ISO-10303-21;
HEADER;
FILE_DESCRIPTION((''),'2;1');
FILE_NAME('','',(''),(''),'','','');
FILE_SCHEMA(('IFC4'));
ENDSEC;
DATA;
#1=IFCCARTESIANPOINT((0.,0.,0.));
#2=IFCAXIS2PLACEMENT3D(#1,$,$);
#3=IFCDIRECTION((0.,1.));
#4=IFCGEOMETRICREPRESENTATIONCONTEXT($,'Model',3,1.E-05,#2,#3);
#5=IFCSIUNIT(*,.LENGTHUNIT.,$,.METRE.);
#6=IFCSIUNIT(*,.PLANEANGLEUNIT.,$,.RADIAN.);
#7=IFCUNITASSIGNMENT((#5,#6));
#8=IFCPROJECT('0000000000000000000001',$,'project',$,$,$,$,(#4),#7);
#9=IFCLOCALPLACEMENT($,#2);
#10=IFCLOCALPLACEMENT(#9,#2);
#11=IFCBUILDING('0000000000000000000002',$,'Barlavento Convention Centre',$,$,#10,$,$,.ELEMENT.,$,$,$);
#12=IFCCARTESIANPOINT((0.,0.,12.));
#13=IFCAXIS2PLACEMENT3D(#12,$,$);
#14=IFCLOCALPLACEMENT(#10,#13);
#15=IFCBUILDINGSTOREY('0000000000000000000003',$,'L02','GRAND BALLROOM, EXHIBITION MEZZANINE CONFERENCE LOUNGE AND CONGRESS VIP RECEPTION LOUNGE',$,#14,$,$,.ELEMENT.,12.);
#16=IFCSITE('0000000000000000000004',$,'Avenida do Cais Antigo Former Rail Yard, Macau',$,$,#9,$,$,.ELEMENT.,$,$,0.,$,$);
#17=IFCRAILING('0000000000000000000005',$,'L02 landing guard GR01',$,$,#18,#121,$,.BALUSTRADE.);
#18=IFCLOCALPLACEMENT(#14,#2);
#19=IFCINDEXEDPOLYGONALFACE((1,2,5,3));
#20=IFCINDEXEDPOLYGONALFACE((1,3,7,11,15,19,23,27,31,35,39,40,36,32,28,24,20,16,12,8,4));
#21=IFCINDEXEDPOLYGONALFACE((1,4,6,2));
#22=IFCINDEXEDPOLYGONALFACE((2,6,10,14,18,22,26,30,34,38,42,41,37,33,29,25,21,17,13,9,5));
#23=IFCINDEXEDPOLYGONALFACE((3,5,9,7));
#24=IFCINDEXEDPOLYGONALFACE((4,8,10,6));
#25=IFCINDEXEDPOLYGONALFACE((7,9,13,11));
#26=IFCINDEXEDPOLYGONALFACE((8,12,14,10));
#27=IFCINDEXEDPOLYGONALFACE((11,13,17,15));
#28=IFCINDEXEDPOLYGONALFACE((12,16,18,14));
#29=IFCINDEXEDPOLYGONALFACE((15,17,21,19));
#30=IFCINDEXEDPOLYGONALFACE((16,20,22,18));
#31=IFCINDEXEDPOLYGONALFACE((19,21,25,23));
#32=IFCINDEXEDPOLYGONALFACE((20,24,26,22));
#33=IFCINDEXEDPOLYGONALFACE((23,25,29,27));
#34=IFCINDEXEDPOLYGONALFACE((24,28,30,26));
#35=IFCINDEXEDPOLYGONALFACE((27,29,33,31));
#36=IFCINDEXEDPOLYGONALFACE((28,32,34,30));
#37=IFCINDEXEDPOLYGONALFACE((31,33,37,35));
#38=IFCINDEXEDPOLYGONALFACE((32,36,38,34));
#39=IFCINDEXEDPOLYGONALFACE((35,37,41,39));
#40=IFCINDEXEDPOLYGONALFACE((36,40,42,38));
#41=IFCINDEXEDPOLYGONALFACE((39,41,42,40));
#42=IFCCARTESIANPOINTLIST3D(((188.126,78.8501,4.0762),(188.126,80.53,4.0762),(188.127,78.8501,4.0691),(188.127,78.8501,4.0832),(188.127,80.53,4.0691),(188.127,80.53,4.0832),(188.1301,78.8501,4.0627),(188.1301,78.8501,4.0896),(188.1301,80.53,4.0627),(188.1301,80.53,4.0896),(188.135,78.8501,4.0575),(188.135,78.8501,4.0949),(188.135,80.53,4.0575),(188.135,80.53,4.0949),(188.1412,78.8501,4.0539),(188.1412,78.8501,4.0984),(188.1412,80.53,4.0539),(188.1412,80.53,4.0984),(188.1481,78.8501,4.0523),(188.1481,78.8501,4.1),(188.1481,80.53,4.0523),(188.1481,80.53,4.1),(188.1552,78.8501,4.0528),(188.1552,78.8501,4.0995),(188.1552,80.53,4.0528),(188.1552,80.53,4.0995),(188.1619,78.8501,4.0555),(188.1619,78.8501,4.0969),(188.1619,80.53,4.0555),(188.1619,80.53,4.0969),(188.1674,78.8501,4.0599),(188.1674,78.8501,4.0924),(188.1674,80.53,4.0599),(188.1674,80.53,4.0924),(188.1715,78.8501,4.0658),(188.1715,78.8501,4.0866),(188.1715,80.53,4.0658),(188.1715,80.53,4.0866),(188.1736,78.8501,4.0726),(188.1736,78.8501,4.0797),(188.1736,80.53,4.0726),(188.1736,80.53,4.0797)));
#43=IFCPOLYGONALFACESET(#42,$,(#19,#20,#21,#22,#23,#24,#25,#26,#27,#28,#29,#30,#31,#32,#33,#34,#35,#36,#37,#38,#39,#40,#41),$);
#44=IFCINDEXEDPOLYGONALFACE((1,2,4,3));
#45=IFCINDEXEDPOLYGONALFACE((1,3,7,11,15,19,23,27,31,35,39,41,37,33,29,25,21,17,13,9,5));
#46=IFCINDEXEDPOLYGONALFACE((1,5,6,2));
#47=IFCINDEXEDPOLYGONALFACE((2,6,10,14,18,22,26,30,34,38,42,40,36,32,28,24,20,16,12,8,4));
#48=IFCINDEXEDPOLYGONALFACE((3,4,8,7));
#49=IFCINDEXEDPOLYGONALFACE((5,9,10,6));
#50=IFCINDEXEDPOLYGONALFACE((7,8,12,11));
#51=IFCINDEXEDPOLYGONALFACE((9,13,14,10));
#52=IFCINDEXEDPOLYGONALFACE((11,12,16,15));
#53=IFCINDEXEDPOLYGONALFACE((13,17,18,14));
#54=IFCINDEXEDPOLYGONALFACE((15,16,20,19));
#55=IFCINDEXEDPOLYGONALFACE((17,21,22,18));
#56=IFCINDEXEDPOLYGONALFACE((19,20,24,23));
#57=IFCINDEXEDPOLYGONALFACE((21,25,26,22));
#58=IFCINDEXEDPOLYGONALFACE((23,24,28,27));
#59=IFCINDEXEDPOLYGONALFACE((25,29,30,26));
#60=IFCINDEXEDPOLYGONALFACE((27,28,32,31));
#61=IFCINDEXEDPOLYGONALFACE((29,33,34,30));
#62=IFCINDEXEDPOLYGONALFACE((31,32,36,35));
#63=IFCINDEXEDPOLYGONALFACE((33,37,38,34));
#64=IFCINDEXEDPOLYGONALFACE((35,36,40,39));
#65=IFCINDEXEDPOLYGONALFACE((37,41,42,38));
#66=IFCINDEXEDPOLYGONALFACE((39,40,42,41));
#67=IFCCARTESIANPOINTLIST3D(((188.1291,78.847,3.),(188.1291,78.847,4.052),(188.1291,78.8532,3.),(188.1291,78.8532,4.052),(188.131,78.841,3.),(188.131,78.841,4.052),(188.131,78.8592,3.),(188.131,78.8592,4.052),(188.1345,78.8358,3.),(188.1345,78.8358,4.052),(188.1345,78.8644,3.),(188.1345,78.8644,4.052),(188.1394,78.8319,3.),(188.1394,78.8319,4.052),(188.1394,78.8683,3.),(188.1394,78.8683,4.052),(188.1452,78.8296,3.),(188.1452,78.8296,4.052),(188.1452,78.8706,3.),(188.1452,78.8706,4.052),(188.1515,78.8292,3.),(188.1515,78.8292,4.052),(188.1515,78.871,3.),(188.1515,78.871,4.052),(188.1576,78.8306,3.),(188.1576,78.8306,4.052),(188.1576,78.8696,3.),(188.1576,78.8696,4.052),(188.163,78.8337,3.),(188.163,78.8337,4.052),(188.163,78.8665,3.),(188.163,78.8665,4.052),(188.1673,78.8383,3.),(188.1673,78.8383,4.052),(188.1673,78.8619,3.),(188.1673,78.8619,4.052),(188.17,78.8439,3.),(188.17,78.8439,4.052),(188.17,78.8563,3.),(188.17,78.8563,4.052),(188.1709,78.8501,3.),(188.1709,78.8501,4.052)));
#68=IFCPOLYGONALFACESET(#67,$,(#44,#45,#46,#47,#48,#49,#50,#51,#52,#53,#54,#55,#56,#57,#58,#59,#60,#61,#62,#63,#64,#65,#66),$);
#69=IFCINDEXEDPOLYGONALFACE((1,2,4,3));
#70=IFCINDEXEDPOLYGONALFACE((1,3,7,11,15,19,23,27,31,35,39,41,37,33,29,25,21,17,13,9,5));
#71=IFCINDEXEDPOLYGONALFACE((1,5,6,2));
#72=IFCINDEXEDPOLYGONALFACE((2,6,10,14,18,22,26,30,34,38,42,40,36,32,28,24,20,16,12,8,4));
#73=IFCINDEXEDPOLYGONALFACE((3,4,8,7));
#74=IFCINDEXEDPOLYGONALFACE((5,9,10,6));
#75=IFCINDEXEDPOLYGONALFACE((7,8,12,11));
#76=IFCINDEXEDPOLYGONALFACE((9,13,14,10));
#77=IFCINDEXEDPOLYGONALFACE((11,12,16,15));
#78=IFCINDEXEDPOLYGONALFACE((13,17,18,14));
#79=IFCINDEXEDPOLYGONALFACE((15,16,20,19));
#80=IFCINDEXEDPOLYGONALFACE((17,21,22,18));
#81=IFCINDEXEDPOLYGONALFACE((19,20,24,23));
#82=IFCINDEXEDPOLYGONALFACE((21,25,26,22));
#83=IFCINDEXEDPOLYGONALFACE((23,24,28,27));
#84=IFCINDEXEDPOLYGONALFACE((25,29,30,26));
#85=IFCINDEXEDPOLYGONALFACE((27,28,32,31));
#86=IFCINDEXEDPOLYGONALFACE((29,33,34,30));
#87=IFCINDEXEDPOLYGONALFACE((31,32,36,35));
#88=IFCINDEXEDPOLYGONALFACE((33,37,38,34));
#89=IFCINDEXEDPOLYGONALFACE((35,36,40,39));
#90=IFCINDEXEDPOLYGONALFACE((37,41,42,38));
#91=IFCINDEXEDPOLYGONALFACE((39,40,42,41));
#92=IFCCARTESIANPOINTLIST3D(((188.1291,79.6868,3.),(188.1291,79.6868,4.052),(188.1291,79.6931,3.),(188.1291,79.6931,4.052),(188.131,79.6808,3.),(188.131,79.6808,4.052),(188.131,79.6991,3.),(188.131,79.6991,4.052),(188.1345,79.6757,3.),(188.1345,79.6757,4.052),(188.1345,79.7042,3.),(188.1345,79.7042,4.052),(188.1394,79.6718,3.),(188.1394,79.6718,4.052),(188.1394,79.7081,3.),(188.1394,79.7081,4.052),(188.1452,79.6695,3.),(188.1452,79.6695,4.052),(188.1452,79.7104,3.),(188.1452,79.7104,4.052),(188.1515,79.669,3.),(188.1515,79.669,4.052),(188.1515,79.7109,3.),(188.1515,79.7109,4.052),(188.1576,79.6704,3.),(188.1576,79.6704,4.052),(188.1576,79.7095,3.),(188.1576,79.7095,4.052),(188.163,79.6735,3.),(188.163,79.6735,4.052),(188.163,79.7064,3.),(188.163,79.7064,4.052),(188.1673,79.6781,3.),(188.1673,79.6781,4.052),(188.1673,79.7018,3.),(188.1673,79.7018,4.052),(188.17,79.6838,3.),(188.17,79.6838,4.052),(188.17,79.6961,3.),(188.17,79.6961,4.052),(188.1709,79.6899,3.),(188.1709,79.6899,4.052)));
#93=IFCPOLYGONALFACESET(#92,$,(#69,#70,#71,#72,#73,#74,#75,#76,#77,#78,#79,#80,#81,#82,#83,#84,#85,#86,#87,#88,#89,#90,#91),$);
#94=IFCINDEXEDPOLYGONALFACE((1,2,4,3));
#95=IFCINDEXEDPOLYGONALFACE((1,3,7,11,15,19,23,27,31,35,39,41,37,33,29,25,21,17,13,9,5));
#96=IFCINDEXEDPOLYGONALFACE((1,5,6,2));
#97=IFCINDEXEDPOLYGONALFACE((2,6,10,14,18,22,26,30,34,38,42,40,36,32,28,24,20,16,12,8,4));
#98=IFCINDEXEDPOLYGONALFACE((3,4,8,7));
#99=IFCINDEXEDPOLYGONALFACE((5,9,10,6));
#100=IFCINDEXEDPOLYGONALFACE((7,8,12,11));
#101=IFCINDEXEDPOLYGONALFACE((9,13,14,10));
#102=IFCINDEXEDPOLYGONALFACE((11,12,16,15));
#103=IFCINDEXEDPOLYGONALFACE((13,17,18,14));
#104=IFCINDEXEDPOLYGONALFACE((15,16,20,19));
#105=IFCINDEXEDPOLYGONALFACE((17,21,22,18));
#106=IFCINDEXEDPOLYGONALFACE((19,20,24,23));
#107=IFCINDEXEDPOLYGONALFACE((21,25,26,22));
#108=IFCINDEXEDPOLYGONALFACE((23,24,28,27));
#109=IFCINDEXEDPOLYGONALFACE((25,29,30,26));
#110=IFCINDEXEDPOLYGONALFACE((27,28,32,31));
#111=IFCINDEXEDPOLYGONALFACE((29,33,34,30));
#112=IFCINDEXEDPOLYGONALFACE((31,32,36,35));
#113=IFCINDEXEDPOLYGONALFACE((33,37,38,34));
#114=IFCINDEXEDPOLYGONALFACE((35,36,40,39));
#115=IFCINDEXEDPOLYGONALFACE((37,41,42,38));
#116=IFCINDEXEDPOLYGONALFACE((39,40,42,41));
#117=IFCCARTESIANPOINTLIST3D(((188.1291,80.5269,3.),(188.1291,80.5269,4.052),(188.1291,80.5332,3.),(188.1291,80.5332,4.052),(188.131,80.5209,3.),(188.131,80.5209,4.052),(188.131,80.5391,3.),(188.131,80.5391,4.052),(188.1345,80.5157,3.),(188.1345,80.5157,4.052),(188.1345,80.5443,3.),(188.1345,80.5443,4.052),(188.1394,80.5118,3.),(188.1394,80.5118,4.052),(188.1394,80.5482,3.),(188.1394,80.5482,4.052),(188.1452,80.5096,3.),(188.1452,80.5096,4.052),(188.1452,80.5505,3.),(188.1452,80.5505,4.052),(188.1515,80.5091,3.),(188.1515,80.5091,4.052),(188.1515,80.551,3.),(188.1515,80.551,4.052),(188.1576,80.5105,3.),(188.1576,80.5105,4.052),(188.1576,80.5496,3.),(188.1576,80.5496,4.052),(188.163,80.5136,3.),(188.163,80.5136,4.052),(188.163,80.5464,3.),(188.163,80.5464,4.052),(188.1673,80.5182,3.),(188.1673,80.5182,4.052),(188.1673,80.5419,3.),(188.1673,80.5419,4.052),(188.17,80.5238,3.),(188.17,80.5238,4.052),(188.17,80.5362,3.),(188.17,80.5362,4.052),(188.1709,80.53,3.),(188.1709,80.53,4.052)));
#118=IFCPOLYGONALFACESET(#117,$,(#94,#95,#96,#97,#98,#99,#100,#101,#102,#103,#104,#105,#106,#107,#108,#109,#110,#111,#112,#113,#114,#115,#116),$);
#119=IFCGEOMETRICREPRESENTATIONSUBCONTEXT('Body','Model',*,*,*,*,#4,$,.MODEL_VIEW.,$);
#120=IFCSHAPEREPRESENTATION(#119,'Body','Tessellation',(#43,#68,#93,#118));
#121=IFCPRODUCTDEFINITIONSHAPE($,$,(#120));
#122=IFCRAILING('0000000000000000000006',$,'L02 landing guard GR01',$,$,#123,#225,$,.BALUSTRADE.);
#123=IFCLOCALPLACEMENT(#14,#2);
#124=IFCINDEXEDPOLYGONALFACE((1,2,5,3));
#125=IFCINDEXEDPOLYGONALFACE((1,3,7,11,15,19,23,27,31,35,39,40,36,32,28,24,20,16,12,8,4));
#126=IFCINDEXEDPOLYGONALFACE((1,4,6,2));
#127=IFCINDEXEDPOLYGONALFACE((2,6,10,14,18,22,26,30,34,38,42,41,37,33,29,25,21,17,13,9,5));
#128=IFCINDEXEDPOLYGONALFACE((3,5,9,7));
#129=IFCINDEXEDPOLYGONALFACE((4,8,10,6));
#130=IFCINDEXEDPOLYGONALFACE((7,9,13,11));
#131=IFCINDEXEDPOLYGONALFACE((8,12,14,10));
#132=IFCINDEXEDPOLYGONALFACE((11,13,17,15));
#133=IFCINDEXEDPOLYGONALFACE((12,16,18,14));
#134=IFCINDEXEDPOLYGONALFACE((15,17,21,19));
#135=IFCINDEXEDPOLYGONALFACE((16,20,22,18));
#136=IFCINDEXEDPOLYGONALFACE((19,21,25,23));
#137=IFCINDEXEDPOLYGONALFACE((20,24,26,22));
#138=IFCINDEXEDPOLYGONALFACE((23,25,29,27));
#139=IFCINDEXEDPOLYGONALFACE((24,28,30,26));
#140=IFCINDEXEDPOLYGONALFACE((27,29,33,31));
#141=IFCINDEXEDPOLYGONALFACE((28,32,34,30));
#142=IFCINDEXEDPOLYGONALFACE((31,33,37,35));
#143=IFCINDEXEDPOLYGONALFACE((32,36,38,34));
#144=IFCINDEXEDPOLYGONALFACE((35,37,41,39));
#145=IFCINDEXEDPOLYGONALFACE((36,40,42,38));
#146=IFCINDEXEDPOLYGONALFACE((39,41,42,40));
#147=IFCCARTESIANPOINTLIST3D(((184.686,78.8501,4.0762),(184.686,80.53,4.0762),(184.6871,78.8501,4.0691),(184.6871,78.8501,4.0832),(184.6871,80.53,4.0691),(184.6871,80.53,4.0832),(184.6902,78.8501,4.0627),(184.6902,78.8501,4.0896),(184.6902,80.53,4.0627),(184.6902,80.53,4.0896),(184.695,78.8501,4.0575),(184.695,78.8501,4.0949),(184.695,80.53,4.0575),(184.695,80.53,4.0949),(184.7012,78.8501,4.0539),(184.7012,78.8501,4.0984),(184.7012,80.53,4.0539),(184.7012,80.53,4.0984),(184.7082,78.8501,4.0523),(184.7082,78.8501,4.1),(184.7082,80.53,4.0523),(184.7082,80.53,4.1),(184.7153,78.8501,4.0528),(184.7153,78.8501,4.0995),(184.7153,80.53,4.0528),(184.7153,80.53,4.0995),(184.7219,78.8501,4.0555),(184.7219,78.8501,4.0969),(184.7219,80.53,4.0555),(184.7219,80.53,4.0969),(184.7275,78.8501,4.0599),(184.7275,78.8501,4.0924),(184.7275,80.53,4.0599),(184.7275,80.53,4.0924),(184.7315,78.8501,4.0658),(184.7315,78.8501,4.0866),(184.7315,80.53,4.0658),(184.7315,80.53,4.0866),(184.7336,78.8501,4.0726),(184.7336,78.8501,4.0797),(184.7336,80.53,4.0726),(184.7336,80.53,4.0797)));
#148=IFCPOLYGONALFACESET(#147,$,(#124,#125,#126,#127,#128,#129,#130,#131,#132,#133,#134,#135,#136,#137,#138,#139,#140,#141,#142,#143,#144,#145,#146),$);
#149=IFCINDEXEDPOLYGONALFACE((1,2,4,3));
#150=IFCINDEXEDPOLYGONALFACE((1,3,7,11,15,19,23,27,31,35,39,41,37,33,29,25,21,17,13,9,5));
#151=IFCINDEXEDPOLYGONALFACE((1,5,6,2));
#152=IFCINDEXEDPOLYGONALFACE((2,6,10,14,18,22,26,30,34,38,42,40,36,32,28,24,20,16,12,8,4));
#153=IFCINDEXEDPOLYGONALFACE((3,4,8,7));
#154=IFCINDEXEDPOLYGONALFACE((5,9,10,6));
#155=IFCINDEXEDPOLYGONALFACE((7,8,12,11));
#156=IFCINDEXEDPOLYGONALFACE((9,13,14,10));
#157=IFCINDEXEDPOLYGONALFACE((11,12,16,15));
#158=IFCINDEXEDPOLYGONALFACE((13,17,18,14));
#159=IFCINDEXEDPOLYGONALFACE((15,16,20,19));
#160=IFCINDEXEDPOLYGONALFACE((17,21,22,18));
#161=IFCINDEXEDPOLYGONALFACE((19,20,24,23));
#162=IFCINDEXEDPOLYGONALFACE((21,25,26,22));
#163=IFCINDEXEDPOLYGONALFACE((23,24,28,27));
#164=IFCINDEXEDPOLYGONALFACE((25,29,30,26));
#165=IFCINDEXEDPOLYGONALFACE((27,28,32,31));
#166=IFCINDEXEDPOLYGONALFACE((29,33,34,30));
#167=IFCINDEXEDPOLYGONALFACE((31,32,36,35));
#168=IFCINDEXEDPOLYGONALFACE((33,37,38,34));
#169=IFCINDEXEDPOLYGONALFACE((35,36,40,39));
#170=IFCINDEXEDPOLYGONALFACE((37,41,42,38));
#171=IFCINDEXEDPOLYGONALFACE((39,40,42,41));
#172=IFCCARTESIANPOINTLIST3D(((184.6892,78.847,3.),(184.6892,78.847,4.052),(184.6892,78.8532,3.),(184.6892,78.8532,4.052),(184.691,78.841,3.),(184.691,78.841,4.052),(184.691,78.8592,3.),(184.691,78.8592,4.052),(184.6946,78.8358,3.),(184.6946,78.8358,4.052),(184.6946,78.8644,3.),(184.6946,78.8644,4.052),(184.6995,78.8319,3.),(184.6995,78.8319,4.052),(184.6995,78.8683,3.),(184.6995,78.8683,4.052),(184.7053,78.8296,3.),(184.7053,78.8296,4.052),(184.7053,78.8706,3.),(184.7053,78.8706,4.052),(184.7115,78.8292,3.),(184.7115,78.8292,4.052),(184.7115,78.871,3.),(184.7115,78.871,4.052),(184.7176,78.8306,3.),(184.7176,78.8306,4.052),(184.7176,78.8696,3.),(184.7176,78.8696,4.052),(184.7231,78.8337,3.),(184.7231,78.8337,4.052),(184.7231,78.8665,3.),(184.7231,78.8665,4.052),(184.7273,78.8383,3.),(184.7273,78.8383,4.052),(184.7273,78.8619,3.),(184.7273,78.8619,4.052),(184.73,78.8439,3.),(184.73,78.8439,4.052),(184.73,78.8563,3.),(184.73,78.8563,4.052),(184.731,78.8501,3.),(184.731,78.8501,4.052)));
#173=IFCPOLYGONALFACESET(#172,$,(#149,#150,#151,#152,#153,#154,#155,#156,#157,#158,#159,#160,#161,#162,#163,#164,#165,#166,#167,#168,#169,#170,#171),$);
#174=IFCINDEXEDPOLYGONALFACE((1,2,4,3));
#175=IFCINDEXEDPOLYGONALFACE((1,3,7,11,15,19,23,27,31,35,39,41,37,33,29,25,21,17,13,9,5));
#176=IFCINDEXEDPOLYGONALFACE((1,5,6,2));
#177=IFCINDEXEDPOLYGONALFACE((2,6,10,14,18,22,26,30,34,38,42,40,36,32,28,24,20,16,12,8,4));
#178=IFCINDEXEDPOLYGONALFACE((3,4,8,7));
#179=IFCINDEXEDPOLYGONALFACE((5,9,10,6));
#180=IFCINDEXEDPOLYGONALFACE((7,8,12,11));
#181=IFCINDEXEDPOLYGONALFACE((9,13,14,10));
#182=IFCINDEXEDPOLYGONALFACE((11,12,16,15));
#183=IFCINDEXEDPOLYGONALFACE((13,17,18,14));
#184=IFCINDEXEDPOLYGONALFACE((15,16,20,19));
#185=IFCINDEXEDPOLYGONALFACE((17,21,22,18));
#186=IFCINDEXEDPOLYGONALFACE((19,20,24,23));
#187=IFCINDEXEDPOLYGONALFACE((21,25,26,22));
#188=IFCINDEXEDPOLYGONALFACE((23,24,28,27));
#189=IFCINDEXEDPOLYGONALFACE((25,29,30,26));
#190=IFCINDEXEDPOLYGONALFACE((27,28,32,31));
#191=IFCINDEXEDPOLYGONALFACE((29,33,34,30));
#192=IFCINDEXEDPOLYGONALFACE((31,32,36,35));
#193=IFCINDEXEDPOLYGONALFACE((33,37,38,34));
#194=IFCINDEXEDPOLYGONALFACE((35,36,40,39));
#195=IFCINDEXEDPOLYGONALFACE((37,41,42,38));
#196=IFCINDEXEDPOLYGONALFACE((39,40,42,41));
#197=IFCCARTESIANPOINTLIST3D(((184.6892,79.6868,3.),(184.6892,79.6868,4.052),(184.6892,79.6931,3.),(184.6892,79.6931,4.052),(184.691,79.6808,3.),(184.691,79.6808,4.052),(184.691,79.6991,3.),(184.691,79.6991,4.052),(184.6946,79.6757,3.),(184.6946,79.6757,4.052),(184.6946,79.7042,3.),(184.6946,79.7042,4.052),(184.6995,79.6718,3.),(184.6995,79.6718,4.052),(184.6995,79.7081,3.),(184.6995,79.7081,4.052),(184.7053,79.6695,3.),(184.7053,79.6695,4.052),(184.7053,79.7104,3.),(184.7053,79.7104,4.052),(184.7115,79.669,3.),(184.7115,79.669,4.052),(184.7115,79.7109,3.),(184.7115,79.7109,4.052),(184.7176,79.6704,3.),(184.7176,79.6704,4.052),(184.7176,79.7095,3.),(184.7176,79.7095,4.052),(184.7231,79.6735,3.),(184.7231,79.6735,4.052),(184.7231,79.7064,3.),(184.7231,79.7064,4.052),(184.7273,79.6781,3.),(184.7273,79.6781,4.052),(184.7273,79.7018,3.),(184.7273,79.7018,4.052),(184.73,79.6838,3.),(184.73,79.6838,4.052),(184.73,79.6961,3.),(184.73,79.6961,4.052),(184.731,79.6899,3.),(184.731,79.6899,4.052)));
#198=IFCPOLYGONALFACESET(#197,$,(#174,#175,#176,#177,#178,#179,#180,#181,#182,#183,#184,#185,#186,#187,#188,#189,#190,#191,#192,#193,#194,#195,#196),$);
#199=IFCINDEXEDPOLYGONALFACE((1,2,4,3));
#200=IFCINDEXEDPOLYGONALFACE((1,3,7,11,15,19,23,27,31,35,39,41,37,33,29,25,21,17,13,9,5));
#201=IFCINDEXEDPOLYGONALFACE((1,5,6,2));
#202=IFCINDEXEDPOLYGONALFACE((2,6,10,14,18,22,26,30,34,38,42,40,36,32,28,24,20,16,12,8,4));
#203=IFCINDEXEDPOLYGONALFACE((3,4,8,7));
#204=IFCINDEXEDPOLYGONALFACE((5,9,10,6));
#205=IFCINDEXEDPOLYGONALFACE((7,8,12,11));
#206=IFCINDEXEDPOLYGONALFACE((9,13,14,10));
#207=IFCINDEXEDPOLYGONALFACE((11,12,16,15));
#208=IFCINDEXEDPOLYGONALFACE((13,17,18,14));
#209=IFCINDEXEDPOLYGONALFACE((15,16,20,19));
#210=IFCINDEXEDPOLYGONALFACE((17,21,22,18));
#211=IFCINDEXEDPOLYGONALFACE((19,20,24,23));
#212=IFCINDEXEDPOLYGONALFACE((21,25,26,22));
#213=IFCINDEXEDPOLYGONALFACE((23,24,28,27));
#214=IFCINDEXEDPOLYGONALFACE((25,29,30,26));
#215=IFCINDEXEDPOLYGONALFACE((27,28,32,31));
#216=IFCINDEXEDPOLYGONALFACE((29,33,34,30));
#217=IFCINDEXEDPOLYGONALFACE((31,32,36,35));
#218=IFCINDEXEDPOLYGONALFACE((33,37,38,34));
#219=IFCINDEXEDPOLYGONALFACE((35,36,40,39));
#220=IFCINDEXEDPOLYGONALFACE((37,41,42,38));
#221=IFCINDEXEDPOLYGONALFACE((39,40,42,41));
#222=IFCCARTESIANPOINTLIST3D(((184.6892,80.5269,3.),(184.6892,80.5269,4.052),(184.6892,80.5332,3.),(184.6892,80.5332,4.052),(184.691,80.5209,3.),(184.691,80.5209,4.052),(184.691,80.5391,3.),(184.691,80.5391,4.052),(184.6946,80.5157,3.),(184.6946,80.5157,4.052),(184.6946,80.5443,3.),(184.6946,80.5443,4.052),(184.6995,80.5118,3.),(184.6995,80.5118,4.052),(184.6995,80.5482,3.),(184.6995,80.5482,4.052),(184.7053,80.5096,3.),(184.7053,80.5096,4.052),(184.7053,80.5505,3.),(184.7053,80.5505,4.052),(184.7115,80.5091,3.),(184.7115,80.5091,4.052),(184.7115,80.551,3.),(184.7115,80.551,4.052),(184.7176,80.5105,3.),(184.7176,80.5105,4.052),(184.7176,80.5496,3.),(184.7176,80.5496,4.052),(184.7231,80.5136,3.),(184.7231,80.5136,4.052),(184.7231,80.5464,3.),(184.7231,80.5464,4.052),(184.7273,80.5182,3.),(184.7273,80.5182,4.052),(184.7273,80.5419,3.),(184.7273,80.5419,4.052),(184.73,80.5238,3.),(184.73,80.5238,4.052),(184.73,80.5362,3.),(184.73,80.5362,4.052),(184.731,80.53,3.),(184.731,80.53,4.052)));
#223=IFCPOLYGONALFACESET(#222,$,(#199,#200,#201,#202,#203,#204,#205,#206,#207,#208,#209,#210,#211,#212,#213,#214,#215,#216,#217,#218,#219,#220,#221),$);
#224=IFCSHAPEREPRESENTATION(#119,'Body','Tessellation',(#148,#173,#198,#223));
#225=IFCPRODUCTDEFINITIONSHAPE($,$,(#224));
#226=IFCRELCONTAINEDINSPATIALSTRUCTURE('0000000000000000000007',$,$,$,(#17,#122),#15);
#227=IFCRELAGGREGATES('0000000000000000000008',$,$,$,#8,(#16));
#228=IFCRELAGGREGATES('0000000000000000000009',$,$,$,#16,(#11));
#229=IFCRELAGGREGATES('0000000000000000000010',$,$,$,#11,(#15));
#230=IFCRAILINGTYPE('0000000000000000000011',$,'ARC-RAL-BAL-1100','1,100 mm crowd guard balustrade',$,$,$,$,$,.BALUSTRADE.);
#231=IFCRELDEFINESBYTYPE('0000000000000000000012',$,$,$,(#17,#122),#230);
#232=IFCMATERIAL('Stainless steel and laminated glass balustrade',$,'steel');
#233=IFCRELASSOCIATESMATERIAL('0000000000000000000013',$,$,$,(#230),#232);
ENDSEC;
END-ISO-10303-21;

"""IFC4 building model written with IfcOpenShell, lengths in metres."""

from ifc_helpers import new_model, si_unit, direction, frame, origin, origin_2d, place, context, subcontext, project, spatial, circle, extrude, material, type_object, element, save


model = new_model("IFC4")

# Units and contexts
model_context = context("Model", 3, precision=1e-05, world=origin(), true_north=direction((0.0, 1.0)))
body_context = subcontext(model_context, "Body", "Model", "MODEL_VIEW")
ifc_project = project(units=[si_unit("LENGTHUNIT", "METRE"), si_unit("PLANEANGLEUNIT", "RADIAN")], contexts=[model_context])

# Site, building, storey
site_placement = place(None, origin())
site = spatial("IfcSite", under=ifc_project, at=site_placement, Name="Avenida do Cais Antigo Former Rail Yard, Macau", CompositionType="ELEMENT", RefElevation=0.0)
building_placement = place(site_placement, origin())
building = spatial("IfcBuilding", under=site, at=building_placement, Name="Barlavento Convention Centre", CompositionType="ELEMENT")
storey_placement = place(building_placement, frame((0.0, 0.0, 12.0)))
storey = spatial("IfcBuildingStorey", under=building, at=storey_placement, Name="L02", Description="GRAND BALLROOM, EXHIBITION MEZZANINE CONFERENCE LOUNGE AND CONGRESS VIP RECEPTION LOUNGE", CompositionType="ELEMENT", Elevation=12.0)

# Railings
ifc_material_1 = material(Name="Stainless steel and laminated glass balustrade", Category="steel")
railing_type_1 = type_object("IfcRailingType", Name="ARC-RAL-BAL-1100", Description="1,100 mm crowd guard balustrade", PredefinedType="BALUSTRADE", material=ifc_material_1)
for number, where, name in (
    (1, (188.1499, 78.8501, 3.0), "L02 landing guard GR01"),
    (2, (184.71, 78.8501, 3.0), "L02 landing guard GR01"),
):
    element("IfcRailing", number, at=place(storey_placement, frame(where)), inside=storey, type_object=railing_type_1, Name=name, PredefinedType="BALUSTRADE", context=body_context, shape_type="SweptSolid", body=[
        extrude(circle(Radius=0.0239, at=origin_2d()), frame((0.0, 0.0, 1.0762), z_axis=(0.0, 1.0, 0.0), x_axis=(-1.0, 0.0, 0.0)), (0.0, 0.0, 1.0), 1.6799),
        extrude(circle(Radius=0.021, at=origin_2d()), origin(), (0.0, 0.0, 1.0), 1.052),
        extrude(circle(Radius=0.021, at=origin_2d()), frame((0.0, 0.8398, 0.0)), (0.0, 0.0, 1.0), 1.052),
        extrude(circle(Radius=0.021, at=origin_2d()), frame((0.0, 1.6799, 0.0)), (0.0, 0.0, 1.0), 1.052),
    ])

save(model, "model.ifc")
